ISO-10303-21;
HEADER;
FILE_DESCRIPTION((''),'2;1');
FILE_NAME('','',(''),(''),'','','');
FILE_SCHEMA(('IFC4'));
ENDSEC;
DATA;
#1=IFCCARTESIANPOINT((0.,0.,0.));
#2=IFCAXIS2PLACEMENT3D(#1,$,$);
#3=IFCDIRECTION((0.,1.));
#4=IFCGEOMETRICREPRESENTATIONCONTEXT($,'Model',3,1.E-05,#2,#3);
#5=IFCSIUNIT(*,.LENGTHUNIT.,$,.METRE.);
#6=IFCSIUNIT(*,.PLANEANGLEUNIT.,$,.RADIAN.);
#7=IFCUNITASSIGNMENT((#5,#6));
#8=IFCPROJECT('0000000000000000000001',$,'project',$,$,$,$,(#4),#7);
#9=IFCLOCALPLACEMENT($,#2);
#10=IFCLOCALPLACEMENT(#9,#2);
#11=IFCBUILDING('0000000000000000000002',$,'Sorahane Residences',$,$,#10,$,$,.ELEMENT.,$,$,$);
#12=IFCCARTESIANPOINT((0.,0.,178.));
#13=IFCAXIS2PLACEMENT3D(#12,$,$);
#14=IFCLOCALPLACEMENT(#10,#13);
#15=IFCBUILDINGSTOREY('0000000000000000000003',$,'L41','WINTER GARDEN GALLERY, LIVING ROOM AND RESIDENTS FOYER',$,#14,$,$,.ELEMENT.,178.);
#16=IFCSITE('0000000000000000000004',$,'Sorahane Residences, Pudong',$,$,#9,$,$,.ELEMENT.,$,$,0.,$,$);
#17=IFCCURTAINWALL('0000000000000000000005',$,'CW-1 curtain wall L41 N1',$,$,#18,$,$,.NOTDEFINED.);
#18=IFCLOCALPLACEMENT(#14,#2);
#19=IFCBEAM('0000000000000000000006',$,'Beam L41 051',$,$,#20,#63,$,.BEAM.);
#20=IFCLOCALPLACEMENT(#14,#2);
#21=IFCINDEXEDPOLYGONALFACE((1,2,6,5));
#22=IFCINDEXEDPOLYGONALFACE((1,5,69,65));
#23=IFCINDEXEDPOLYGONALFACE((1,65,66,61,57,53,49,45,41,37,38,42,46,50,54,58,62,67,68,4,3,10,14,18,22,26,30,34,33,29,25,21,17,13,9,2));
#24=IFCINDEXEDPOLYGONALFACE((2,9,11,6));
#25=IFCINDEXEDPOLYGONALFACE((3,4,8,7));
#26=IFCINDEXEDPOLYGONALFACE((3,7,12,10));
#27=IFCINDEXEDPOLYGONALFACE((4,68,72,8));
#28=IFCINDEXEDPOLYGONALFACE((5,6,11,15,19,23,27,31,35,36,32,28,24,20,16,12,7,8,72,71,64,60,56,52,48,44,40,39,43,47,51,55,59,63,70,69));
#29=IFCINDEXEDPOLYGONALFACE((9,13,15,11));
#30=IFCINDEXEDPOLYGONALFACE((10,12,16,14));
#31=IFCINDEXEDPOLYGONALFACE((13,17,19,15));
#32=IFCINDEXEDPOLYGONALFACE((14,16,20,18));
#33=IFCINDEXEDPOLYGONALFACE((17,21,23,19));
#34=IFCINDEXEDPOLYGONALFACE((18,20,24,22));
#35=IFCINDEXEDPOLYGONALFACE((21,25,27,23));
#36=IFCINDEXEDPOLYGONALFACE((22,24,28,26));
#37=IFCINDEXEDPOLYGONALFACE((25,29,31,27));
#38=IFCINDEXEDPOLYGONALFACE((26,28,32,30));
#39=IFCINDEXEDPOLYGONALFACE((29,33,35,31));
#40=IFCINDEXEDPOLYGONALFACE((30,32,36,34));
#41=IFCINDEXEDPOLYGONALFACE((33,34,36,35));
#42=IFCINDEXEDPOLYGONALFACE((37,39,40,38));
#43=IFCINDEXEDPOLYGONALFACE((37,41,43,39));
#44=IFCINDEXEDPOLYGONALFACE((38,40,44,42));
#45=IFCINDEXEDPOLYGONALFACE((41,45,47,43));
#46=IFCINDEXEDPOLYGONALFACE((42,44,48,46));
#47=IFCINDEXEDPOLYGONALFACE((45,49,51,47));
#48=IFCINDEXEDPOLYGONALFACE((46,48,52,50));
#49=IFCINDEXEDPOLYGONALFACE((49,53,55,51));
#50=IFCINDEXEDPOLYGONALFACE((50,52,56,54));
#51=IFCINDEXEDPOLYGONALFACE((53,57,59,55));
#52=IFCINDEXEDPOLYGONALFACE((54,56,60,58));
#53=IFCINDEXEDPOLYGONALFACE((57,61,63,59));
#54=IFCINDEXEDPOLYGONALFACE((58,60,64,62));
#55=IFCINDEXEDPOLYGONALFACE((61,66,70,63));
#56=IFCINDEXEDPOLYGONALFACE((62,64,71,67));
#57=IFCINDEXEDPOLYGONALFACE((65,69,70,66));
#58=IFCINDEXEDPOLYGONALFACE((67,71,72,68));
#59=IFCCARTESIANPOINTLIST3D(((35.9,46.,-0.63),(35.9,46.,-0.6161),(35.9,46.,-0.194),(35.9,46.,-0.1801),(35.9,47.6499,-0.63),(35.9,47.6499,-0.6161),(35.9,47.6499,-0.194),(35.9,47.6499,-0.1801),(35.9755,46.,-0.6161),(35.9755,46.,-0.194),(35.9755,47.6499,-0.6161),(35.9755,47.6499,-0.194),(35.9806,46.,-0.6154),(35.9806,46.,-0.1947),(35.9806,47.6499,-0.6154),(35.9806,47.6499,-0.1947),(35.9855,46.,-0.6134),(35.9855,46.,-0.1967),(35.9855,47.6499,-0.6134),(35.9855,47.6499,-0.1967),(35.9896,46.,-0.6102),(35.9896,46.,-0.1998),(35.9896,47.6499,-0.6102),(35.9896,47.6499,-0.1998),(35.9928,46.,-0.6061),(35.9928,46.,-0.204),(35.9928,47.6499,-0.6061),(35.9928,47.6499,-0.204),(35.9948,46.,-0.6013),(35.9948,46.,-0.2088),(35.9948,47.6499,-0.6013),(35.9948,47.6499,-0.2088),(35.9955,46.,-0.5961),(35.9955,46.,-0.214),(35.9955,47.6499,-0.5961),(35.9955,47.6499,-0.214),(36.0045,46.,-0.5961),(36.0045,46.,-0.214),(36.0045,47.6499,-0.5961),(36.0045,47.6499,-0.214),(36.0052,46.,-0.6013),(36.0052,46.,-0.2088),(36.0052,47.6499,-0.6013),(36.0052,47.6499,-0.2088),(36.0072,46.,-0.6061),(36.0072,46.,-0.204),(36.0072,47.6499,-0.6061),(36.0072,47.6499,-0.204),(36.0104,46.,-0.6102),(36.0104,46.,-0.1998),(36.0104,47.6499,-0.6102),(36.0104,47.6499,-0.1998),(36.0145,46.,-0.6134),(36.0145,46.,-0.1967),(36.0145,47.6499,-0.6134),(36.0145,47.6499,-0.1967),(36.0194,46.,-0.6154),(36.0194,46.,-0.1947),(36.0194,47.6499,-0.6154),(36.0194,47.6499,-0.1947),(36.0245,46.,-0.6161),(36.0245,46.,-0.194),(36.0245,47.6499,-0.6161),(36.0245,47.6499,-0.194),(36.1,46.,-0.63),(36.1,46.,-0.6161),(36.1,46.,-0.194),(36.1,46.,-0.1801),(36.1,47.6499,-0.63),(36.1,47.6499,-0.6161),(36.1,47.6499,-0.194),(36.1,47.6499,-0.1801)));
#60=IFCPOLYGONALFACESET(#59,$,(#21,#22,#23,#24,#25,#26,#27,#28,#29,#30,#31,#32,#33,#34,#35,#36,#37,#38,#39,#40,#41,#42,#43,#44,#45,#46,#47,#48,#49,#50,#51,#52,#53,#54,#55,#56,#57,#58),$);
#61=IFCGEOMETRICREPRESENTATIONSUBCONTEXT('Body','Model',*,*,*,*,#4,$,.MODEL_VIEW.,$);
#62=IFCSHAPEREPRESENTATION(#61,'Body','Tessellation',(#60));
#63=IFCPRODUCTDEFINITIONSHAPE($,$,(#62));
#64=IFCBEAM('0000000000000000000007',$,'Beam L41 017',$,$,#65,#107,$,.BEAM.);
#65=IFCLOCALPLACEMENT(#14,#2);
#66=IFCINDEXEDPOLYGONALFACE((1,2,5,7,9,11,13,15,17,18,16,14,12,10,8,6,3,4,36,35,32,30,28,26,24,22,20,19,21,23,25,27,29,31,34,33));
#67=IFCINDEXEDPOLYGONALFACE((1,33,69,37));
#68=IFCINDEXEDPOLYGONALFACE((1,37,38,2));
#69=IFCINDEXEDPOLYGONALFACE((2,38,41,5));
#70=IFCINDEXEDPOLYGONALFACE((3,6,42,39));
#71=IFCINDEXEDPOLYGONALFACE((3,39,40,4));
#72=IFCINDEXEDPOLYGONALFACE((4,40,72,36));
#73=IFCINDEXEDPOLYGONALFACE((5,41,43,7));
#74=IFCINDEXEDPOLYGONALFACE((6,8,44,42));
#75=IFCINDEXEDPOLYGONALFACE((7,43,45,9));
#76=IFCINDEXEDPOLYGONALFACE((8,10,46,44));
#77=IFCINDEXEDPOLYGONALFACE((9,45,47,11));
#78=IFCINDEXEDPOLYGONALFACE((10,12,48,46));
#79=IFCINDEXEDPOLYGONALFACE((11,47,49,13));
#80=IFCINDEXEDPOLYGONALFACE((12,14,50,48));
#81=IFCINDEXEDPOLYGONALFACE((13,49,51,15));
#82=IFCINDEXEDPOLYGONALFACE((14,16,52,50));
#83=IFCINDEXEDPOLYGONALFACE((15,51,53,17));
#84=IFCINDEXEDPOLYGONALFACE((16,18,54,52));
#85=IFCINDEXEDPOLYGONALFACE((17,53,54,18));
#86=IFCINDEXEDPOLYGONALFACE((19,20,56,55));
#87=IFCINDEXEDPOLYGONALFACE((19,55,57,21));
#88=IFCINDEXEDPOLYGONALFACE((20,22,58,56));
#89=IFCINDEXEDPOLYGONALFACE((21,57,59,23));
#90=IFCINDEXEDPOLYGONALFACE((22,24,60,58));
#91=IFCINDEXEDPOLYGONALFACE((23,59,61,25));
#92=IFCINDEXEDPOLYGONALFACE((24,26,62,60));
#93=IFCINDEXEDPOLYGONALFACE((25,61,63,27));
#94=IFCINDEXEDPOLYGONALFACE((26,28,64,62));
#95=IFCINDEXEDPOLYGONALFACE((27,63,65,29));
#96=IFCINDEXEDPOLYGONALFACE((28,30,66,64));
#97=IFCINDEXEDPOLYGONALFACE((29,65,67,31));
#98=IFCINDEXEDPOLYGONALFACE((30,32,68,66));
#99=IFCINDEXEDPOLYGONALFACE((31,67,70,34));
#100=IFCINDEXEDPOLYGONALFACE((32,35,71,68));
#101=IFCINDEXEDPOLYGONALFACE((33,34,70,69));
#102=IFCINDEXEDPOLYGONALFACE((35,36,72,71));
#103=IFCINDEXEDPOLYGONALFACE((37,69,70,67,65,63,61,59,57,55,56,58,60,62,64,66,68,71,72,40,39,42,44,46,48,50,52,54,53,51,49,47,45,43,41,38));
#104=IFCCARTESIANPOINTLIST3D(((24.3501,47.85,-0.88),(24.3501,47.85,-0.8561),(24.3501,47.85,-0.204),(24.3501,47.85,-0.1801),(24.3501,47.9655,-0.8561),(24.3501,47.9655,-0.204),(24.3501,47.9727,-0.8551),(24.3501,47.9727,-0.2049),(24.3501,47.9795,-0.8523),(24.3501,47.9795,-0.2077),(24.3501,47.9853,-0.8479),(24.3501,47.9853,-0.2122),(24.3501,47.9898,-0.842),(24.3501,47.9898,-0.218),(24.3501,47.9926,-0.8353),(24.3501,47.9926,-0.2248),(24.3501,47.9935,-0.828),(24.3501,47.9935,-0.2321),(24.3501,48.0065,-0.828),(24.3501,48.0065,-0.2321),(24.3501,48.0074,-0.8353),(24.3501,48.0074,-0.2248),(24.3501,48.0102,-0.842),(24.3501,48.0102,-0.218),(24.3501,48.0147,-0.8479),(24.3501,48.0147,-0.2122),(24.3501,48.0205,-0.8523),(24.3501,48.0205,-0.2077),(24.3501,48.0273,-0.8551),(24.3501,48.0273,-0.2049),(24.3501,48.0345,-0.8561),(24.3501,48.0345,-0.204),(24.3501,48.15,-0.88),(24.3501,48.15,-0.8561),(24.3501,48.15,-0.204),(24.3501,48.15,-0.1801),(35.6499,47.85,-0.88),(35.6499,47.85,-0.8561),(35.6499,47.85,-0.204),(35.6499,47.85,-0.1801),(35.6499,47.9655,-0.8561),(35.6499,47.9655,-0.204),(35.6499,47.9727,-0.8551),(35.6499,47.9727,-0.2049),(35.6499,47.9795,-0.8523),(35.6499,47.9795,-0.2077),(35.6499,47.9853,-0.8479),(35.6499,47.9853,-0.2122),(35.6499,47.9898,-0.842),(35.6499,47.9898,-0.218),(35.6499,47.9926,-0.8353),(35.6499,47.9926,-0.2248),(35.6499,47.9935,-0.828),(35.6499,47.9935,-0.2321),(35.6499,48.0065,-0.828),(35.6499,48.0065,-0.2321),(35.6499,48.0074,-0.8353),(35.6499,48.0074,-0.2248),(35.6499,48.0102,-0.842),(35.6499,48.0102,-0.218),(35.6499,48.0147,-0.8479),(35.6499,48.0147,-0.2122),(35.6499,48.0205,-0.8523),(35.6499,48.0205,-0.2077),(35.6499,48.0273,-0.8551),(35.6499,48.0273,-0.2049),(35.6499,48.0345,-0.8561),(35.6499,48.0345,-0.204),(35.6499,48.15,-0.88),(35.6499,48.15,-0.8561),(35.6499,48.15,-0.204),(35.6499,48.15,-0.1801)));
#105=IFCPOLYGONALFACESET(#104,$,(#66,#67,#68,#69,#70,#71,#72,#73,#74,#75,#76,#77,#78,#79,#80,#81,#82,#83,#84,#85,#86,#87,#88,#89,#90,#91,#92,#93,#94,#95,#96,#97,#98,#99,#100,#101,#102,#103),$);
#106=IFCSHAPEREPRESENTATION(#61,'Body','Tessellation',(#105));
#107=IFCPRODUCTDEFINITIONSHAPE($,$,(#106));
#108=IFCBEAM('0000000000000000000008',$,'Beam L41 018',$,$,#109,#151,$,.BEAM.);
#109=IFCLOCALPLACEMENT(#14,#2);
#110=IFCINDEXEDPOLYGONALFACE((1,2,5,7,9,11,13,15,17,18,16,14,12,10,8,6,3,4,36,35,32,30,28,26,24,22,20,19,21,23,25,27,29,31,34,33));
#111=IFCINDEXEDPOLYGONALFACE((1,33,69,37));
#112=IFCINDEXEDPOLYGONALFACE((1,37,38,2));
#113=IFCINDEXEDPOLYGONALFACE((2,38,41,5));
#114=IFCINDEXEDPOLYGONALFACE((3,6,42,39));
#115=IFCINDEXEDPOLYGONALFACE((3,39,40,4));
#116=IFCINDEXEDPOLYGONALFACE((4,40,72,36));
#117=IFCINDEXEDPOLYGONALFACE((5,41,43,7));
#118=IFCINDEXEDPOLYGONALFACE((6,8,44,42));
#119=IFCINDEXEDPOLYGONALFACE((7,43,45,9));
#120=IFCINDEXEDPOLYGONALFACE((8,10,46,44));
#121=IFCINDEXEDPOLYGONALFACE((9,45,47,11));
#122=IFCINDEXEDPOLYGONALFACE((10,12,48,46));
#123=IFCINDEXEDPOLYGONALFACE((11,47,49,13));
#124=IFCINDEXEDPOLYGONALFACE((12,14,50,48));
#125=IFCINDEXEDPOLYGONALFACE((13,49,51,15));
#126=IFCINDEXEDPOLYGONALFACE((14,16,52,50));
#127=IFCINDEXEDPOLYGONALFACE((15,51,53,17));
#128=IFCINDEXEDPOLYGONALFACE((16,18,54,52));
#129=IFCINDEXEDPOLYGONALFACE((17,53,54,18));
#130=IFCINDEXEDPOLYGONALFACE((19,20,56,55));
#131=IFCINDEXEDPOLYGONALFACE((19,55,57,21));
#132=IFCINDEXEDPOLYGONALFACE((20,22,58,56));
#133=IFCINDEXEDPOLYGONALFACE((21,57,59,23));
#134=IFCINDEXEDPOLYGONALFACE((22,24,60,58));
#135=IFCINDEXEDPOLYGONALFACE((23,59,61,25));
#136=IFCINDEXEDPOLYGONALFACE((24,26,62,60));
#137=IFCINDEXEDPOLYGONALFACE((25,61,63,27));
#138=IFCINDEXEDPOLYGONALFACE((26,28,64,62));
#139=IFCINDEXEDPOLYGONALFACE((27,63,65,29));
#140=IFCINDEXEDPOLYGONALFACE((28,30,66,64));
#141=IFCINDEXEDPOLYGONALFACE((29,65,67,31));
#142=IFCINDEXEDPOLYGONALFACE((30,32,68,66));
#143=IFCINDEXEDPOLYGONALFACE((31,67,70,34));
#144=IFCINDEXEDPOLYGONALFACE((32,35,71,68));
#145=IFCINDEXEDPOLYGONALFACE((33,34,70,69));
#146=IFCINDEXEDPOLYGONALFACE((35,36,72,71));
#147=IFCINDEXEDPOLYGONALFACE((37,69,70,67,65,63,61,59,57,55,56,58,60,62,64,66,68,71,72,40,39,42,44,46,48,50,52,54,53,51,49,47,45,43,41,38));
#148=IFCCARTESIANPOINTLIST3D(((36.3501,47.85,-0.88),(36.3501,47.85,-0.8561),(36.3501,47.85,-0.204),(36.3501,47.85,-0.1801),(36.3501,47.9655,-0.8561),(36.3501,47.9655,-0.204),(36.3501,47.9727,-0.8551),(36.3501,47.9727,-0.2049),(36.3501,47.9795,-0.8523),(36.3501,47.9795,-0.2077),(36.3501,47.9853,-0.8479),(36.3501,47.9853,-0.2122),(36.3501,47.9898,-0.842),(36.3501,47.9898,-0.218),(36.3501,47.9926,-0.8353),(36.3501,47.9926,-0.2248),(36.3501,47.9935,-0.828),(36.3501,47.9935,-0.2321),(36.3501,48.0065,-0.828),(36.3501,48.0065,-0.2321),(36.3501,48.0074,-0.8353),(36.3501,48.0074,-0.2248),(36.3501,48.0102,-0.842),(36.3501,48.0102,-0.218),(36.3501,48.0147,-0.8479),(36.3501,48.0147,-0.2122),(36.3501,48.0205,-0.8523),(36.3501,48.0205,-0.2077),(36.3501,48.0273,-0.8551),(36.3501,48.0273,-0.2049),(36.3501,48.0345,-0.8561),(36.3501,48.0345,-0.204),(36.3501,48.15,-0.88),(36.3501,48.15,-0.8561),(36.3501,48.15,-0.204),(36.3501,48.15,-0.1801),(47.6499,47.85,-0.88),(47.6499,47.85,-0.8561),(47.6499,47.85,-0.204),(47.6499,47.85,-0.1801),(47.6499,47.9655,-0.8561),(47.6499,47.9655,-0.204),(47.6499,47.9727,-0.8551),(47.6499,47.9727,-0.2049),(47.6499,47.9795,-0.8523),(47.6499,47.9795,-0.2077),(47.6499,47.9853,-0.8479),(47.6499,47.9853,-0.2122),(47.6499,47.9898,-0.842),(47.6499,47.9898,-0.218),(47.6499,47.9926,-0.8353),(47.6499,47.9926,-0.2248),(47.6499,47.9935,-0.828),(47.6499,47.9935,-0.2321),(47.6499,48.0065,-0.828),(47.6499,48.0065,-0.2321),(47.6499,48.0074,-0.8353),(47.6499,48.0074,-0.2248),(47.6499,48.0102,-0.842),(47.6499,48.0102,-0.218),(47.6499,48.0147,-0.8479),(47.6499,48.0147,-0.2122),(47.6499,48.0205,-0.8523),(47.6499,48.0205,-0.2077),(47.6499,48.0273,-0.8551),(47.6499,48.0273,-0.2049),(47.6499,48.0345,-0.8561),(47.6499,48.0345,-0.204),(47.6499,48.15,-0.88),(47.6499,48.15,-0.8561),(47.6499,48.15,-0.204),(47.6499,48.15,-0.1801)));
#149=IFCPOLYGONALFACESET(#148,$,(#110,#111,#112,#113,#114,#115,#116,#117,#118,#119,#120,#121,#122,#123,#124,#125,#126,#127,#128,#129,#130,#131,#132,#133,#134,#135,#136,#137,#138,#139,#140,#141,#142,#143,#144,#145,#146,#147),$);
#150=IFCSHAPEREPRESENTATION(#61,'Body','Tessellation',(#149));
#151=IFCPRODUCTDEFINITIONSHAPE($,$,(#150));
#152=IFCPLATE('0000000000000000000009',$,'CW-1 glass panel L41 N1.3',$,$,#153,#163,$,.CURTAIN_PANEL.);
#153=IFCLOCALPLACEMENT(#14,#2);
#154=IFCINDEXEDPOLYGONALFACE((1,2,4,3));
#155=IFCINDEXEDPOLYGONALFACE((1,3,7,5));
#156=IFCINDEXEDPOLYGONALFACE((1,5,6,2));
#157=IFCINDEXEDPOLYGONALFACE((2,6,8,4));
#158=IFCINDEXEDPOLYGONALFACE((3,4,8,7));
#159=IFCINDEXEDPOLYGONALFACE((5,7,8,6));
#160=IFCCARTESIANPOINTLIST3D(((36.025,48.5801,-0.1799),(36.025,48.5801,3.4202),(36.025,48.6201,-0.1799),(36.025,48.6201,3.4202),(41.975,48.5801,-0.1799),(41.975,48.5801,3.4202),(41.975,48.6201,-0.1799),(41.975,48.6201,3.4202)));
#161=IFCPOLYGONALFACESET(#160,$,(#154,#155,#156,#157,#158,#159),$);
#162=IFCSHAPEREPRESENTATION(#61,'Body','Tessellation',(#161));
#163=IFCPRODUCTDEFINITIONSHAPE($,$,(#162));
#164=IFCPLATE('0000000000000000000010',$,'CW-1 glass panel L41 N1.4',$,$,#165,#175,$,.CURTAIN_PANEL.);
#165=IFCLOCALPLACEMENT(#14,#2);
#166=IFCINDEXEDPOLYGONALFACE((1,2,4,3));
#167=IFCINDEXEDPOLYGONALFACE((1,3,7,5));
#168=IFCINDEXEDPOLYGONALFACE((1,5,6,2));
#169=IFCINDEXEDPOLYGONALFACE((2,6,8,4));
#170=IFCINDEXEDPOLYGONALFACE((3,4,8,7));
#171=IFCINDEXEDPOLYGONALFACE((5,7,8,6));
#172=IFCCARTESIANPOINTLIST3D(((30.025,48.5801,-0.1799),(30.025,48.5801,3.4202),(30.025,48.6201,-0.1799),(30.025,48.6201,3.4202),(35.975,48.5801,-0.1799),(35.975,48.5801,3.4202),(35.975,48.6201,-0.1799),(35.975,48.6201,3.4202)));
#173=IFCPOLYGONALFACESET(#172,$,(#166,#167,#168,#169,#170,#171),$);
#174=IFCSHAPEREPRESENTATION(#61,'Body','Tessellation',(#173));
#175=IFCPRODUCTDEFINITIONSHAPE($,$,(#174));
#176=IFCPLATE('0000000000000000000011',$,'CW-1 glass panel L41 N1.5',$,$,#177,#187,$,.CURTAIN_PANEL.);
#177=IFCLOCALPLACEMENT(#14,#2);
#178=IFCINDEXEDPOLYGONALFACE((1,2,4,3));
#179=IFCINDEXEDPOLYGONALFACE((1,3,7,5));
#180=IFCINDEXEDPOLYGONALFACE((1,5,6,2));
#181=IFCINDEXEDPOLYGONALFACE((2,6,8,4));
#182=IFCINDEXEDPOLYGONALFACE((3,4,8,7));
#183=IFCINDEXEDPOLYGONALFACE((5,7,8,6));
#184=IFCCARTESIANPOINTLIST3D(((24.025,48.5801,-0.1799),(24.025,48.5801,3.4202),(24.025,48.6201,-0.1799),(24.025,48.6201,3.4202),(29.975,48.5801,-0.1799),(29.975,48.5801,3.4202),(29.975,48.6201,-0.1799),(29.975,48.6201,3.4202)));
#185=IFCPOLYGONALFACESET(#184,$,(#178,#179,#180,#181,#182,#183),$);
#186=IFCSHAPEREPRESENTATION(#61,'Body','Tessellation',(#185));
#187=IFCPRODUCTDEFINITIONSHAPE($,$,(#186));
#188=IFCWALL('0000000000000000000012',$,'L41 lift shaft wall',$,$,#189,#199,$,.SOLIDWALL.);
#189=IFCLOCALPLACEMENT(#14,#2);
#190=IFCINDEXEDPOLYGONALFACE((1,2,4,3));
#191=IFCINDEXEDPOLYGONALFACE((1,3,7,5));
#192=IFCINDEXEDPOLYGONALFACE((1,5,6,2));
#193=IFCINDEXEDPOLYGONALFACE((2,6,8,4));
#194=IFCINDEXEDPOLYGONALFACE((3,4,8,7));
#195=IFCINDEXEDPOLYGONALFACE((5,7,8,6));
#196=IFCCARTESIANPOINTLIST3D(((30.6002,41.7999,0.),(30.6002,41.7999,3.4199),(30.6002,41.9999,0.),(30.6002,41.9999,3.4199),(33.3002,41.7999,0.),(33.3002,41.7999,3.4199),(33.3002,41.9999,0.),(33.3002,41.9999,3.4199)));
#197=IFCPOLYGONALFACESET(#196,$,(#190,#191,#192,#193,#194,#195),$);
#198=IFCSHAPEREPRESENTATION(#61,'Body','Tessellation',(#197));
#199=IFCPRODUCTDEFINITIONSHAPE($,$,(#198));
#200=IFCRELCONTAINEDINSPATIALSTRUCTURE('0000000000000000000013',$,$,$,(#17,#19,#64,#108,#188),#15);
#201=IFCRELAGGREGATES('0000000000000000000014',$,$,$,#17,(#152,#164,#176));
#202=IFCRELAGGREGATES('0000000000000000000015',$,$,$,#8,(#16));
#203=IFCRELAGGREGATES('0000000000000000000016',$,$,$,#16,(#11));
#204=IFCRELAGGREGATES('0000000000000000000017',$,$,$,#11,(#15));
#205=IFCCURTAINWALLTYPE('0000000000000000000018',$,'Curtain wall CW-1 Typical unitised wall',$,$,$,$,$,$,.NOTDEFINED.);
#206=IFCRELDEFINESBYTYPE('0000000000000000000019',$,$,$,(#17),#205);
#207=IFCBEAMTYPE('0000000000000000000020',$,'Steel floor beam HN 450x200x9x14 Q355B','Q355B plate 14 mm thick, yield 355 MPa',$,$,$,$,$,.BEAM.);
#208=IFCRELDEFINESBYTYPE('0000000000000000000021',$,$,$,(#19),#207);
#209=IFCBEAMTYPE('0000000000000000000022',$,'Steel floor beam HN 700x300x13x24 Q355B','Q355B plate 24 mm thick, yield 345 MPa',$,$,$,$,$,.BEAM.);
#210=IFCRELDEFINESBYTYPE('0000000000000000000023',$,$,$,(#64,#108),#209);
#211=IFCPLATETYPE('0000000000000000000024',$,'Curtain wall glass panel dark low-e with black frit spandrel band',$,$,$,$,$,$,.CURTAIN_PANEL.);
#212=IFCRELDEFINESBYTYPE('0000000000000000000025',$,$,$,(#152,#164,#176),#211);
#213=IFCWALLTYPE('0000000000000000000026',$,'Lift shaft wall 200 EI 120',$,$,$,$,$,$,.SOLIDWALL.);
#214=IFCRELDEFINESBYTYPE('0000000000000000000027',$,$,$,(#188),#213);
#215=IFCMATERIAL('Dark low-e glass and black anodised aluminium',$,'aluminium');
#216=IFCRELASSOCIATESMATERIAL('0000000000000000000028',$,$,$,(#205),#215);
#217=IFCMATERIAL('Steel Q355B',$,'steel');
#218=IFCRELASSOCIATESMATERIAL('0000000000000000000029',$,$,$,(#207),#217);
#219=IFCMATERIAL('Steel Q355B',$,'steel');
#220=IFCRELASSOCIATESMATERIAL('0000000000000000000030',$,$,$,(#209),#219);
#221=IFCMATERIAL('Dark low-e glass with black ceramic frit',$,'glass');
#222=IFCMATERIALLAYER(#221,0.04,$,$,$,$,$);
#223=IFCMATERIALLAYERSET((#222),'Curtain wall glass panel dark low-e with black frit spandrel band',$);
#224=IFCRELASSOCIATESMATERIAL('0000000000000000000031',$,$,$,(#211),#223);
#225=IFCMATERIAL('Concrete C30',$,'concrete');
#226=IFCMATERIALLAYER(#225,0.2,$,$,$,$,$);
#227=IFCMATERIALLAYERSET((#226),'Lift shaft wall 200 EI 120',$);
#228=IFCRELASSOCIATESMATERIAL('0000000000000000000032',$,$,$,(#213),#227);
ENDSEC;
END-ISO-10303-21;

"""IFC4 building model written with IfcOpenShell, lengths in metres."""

from ifc_helpers import new_model, si_unit, direction, frame, frame_2d, origin, origin_2d, place, context, subcontext, project, spatial, rectangle, i_section, extrude, material, layer, layer_set, material_profile, profile_set, type_object, element, aggregate, save


model = new_model("IFC4")

# Units and contexts
model_context = context("Model", 3, precision=1e-05, world=origin(), true_north=direction((0.0, 1.0)))
body_context = subcontext(model_context, "Body", "Model", "MODEL_VIEW")
ifc_project = project(units=[si_unit("LENGTHUNIT", "METRE"), si_unit("PLANEANGLEUNIT", "RADIAN")], contexts=[model_context])

# Site, building, storey
site_placement = place(None, origin())
site = spatial("IfcSite", under=ifc_project, at=site_placement, Name="Sorahane Residences, Pudong", CompositionType="ELEMENT", RefElevation=0.0)
building_placement = place(site_placement, origin())
building = spatial("IfcBuilding", under=site, at=building_placement, Name="Sorahane Residences", CompositionType="ELEMENT")
storey_placement = place(building_placement, frame((0.0, 0.0, 178.0)))
storey = spatial("IfcBuildingStorey", under=building, at=storey_placement, Name="L41", Description="WINTER GARDEN GALLERY, LIVING ROOM AND RESIDENTS FOYER", CompositionType="ELEMENT", Elevation=178.0)

# Curtain wall
ifc_material_1 = material(Name="Dark low-e glass and black anodised aluminium", Category="aluminium")
curtain_wall_type = type_object("IfcCurtainWallType", Name="Curtain wall CW-1 Typical unitised wall", PredefinedType="NOTDEFINED", material=ifc_material_1)
curtain_wall_placement = place(storey_placement, origin())
curtain_wall = element("IfcCurtainWall", 1, at=curtain_wall_placement, inside=storey, type_object=curtain_wall_type, Name="CW-1 curtain wall L41 N1", PredefinedType="NOTDEFINED")

# Beams
ifc_material_2 = material(Name="Steel Q355B", Category="steel")
ifc_material_profile_1 = material_profile(ifc_material_2, i_section(OverallWidth=0.2, OverallDepth=0.45, WebThickness=0.009, FlangeThickness=0.0139, FilletRadius=0.02, at=origin_2d()), Name="HN 450x200x9x14")
ifc_profile_set_1 = profile_set([ifc_material_profile_1], Name="Steel Q355B")
beam_type_1 = type_object("IfcBeamType", Name="Steel floor beam HN 450x200x9x14 Q355B", Description="Q355B plate 14 mm thick, yield 355 MPa", PredefinedType="BEAM", material=ifc_profile_set_1)
beam_1_placement = place(storey_placement, frame((36.0, 46.0, -0.405), z_axis=(0.0, 1.0, 0.0), x_axis=(-1.0, 0.0, 0.0)))
element("IfcBeam", 2, at=beam_1_placement, inside=storey, type_object=beam_type_1, Name="Beam L41 051", PredefinedType="BEAM", context=body_context, shape_type="SweptSolid", body=[
    extrude(i_section(OverallWidth=0.2, OverallDepth=0.45, WebThickness=0.009, FlangeThickness=0.0139, FilletRadius=0.02, at=origin_2d()), origin(), (0.0, 0.0, 1.0), 1.6499),
])
ifc_material_3 = material(Name="Steel Q355B", Category="steel")
ifc_material_profile_2 = material_profile(ifc_material_3, i_section(OverallWidth=0.3, OverallDepth=0.7, WebThickness=0.0129, FlangeThickness=0.0239, FilletRadius=0.0281, at=origin_2d()), Name="HN 700x300x13x24")
ifc_profile_set_2 = profile_set([ifc_material_profile_2], Name="Steel Q355B")
beam_type_2 = type_object("IfcBeamType", Name="Steel floor beam HN 700x300x13x24 Q355B", Description="Q355B plate 24 mm thick, yield 345 MPa", PredefinedType="BEAM", material=ifc_profile_set_2)
for number, where, z_axis, x_axis, name in (
    (3, (24.3501, 48.0, -0.53), (1.0, 0.0, 0.0), (0.0, 1.0, 0.0), "Beam L41 017"),
    (4, (36.3501, 48.0, -0.53), (1.0, 0.0, 0.0), (0.0, 1.0, 0.0), "Beam L41 018"),
):
    element("IfcBeam", number, at=place(storey_placement, frame(where, z_axis=z_axis, x_axis=x_axis)), inside=storey, type_object=beam_type_2, Name=name, PredefinedType="BEAM", context=body_context, shape_type="SweptSolid", body=[
        extrude(i_section(OverallWidth=0.3, OverallDepth=0.7, WebThickness=0.0129, FlangeThickness=0.0239, FilletRadius=0.0281, at=origin_2d()), origin(), (0.0, 0.0, 1.0), 11.2998),
    ])

# Plates
ifc_material_4 = material(Name="Dark low-e glass with black ceramic frit", Category="glass")
ifc_layer_1 = layer(ifc_material_4, 0.04)
ifc_layer_set_1 = layer_set([ifc_layer_1], Name="Curtain wall glass panel dark low-e with black frit spandrel band")
plate_type = type_object("IfcPlateType", Name="Curtain wall glass panel dark low-e with black frit spandrel band", PredefinedType="CURTAIN_PANEL", material=ifc_layer_set_1)
plate_1_placement = place(storey_placement, frame((39.0, 48.6001, -0.1799), z_axis=(0.0, 0.0, 1.0), x_axis=(-1.0, 0.0, 0.0)))
plate_1 = element("IfcPlate", 5, at=plate_1_placement, type_object=plate_type, Name="CW-1 glass panel L41 N1.3", PredefinedType="CURTAIN_PANEL", context=body_context, shape_type="SweptSolid", body=[
    extrude(rectangle(XDim=5.95, YDim=0.04, at=origin_2d()), origin(), (0.0, 0.0, 1.0), 3.6001),
])
plate_2_placement = place(storey_placement, frame((33.0, 48.6001, -0.1799), z_axis=(0.0, 0.0, 1.0), x_axis=(-1.0, 0.0, 0.0)))
plate_2 = element("IfcPlate", 6, at=plate_2_placement, type_object=plate_type, Name="CW-1 glass panel L41 N1.4", PredefinedType="CURTAIN_PANEL", context=body_context, shape_type="SweptSolid", body=[
    extrude(rectangle(XDim=5.95, YDim=0.04, at=origin_2d()), origin(), (0.0, 0.0, 1.0), 3.6001),
])
plate_3_placement = place(storey_placement, frame((27.0, 48.6001, -0.1799), z_axis=(0.0, 0.0, 1.0), x_axis=(-1.0, 0.0, 0.0)))
plate_3 = element("IfcPlate", 7, at=plate_3_placement, type_object=plate_type, Name="CW-1 glass panel L41 N1.5", PredefinedType="CURTAIN_PANEL", context=body_context, shape_type="SweptSolid", body=[
    extrude(rectangle(XDim=5.95, YDim=0.04, at=origin_2d()), origin(), (0.0, 0.0, 1.0), 3.6001),
])
aggregate(curtain_wall, [plate_1, plate_2, plate_3])

# Wall
ifc_material_5 = material(Name="Concrete C30", Category="concrete")
ifc_layer_2 = layer(ifc_material_5, 0.2)
ifc_layer_set_2 = layer_set([ifc_layer_2], Name="Lift shaft wall 200 EI 120")
wall_type = type_object("IfcWallType", Name="Lift shaft wall 200 EI 120", PredefinedType="SOLIDWALL", material=ifc_layer_set_2)
wall_placement = place(storey_placement, frame((30.6001, 41.8999, 0.0), z_axis=(0.0, 0.0, 1.0), x_axis=(1.0, 0.0, 0.0)))
element("IfcWall", 8, at=wall_placement, inside=storey, type_object=wall_type, Name="L41 lift shaft wall", PredefinedType="SOLIDWALL", context=body_context, shape_type="SweptSolid", body=[
    extrude(rectangle(XDim=2.7, YDim=0.2, at=frame_2d((1.3501, 0.0))), origin(), (0.0, 0.0, 1.0), 3.4199),
])

save(model, "model.ifc")
